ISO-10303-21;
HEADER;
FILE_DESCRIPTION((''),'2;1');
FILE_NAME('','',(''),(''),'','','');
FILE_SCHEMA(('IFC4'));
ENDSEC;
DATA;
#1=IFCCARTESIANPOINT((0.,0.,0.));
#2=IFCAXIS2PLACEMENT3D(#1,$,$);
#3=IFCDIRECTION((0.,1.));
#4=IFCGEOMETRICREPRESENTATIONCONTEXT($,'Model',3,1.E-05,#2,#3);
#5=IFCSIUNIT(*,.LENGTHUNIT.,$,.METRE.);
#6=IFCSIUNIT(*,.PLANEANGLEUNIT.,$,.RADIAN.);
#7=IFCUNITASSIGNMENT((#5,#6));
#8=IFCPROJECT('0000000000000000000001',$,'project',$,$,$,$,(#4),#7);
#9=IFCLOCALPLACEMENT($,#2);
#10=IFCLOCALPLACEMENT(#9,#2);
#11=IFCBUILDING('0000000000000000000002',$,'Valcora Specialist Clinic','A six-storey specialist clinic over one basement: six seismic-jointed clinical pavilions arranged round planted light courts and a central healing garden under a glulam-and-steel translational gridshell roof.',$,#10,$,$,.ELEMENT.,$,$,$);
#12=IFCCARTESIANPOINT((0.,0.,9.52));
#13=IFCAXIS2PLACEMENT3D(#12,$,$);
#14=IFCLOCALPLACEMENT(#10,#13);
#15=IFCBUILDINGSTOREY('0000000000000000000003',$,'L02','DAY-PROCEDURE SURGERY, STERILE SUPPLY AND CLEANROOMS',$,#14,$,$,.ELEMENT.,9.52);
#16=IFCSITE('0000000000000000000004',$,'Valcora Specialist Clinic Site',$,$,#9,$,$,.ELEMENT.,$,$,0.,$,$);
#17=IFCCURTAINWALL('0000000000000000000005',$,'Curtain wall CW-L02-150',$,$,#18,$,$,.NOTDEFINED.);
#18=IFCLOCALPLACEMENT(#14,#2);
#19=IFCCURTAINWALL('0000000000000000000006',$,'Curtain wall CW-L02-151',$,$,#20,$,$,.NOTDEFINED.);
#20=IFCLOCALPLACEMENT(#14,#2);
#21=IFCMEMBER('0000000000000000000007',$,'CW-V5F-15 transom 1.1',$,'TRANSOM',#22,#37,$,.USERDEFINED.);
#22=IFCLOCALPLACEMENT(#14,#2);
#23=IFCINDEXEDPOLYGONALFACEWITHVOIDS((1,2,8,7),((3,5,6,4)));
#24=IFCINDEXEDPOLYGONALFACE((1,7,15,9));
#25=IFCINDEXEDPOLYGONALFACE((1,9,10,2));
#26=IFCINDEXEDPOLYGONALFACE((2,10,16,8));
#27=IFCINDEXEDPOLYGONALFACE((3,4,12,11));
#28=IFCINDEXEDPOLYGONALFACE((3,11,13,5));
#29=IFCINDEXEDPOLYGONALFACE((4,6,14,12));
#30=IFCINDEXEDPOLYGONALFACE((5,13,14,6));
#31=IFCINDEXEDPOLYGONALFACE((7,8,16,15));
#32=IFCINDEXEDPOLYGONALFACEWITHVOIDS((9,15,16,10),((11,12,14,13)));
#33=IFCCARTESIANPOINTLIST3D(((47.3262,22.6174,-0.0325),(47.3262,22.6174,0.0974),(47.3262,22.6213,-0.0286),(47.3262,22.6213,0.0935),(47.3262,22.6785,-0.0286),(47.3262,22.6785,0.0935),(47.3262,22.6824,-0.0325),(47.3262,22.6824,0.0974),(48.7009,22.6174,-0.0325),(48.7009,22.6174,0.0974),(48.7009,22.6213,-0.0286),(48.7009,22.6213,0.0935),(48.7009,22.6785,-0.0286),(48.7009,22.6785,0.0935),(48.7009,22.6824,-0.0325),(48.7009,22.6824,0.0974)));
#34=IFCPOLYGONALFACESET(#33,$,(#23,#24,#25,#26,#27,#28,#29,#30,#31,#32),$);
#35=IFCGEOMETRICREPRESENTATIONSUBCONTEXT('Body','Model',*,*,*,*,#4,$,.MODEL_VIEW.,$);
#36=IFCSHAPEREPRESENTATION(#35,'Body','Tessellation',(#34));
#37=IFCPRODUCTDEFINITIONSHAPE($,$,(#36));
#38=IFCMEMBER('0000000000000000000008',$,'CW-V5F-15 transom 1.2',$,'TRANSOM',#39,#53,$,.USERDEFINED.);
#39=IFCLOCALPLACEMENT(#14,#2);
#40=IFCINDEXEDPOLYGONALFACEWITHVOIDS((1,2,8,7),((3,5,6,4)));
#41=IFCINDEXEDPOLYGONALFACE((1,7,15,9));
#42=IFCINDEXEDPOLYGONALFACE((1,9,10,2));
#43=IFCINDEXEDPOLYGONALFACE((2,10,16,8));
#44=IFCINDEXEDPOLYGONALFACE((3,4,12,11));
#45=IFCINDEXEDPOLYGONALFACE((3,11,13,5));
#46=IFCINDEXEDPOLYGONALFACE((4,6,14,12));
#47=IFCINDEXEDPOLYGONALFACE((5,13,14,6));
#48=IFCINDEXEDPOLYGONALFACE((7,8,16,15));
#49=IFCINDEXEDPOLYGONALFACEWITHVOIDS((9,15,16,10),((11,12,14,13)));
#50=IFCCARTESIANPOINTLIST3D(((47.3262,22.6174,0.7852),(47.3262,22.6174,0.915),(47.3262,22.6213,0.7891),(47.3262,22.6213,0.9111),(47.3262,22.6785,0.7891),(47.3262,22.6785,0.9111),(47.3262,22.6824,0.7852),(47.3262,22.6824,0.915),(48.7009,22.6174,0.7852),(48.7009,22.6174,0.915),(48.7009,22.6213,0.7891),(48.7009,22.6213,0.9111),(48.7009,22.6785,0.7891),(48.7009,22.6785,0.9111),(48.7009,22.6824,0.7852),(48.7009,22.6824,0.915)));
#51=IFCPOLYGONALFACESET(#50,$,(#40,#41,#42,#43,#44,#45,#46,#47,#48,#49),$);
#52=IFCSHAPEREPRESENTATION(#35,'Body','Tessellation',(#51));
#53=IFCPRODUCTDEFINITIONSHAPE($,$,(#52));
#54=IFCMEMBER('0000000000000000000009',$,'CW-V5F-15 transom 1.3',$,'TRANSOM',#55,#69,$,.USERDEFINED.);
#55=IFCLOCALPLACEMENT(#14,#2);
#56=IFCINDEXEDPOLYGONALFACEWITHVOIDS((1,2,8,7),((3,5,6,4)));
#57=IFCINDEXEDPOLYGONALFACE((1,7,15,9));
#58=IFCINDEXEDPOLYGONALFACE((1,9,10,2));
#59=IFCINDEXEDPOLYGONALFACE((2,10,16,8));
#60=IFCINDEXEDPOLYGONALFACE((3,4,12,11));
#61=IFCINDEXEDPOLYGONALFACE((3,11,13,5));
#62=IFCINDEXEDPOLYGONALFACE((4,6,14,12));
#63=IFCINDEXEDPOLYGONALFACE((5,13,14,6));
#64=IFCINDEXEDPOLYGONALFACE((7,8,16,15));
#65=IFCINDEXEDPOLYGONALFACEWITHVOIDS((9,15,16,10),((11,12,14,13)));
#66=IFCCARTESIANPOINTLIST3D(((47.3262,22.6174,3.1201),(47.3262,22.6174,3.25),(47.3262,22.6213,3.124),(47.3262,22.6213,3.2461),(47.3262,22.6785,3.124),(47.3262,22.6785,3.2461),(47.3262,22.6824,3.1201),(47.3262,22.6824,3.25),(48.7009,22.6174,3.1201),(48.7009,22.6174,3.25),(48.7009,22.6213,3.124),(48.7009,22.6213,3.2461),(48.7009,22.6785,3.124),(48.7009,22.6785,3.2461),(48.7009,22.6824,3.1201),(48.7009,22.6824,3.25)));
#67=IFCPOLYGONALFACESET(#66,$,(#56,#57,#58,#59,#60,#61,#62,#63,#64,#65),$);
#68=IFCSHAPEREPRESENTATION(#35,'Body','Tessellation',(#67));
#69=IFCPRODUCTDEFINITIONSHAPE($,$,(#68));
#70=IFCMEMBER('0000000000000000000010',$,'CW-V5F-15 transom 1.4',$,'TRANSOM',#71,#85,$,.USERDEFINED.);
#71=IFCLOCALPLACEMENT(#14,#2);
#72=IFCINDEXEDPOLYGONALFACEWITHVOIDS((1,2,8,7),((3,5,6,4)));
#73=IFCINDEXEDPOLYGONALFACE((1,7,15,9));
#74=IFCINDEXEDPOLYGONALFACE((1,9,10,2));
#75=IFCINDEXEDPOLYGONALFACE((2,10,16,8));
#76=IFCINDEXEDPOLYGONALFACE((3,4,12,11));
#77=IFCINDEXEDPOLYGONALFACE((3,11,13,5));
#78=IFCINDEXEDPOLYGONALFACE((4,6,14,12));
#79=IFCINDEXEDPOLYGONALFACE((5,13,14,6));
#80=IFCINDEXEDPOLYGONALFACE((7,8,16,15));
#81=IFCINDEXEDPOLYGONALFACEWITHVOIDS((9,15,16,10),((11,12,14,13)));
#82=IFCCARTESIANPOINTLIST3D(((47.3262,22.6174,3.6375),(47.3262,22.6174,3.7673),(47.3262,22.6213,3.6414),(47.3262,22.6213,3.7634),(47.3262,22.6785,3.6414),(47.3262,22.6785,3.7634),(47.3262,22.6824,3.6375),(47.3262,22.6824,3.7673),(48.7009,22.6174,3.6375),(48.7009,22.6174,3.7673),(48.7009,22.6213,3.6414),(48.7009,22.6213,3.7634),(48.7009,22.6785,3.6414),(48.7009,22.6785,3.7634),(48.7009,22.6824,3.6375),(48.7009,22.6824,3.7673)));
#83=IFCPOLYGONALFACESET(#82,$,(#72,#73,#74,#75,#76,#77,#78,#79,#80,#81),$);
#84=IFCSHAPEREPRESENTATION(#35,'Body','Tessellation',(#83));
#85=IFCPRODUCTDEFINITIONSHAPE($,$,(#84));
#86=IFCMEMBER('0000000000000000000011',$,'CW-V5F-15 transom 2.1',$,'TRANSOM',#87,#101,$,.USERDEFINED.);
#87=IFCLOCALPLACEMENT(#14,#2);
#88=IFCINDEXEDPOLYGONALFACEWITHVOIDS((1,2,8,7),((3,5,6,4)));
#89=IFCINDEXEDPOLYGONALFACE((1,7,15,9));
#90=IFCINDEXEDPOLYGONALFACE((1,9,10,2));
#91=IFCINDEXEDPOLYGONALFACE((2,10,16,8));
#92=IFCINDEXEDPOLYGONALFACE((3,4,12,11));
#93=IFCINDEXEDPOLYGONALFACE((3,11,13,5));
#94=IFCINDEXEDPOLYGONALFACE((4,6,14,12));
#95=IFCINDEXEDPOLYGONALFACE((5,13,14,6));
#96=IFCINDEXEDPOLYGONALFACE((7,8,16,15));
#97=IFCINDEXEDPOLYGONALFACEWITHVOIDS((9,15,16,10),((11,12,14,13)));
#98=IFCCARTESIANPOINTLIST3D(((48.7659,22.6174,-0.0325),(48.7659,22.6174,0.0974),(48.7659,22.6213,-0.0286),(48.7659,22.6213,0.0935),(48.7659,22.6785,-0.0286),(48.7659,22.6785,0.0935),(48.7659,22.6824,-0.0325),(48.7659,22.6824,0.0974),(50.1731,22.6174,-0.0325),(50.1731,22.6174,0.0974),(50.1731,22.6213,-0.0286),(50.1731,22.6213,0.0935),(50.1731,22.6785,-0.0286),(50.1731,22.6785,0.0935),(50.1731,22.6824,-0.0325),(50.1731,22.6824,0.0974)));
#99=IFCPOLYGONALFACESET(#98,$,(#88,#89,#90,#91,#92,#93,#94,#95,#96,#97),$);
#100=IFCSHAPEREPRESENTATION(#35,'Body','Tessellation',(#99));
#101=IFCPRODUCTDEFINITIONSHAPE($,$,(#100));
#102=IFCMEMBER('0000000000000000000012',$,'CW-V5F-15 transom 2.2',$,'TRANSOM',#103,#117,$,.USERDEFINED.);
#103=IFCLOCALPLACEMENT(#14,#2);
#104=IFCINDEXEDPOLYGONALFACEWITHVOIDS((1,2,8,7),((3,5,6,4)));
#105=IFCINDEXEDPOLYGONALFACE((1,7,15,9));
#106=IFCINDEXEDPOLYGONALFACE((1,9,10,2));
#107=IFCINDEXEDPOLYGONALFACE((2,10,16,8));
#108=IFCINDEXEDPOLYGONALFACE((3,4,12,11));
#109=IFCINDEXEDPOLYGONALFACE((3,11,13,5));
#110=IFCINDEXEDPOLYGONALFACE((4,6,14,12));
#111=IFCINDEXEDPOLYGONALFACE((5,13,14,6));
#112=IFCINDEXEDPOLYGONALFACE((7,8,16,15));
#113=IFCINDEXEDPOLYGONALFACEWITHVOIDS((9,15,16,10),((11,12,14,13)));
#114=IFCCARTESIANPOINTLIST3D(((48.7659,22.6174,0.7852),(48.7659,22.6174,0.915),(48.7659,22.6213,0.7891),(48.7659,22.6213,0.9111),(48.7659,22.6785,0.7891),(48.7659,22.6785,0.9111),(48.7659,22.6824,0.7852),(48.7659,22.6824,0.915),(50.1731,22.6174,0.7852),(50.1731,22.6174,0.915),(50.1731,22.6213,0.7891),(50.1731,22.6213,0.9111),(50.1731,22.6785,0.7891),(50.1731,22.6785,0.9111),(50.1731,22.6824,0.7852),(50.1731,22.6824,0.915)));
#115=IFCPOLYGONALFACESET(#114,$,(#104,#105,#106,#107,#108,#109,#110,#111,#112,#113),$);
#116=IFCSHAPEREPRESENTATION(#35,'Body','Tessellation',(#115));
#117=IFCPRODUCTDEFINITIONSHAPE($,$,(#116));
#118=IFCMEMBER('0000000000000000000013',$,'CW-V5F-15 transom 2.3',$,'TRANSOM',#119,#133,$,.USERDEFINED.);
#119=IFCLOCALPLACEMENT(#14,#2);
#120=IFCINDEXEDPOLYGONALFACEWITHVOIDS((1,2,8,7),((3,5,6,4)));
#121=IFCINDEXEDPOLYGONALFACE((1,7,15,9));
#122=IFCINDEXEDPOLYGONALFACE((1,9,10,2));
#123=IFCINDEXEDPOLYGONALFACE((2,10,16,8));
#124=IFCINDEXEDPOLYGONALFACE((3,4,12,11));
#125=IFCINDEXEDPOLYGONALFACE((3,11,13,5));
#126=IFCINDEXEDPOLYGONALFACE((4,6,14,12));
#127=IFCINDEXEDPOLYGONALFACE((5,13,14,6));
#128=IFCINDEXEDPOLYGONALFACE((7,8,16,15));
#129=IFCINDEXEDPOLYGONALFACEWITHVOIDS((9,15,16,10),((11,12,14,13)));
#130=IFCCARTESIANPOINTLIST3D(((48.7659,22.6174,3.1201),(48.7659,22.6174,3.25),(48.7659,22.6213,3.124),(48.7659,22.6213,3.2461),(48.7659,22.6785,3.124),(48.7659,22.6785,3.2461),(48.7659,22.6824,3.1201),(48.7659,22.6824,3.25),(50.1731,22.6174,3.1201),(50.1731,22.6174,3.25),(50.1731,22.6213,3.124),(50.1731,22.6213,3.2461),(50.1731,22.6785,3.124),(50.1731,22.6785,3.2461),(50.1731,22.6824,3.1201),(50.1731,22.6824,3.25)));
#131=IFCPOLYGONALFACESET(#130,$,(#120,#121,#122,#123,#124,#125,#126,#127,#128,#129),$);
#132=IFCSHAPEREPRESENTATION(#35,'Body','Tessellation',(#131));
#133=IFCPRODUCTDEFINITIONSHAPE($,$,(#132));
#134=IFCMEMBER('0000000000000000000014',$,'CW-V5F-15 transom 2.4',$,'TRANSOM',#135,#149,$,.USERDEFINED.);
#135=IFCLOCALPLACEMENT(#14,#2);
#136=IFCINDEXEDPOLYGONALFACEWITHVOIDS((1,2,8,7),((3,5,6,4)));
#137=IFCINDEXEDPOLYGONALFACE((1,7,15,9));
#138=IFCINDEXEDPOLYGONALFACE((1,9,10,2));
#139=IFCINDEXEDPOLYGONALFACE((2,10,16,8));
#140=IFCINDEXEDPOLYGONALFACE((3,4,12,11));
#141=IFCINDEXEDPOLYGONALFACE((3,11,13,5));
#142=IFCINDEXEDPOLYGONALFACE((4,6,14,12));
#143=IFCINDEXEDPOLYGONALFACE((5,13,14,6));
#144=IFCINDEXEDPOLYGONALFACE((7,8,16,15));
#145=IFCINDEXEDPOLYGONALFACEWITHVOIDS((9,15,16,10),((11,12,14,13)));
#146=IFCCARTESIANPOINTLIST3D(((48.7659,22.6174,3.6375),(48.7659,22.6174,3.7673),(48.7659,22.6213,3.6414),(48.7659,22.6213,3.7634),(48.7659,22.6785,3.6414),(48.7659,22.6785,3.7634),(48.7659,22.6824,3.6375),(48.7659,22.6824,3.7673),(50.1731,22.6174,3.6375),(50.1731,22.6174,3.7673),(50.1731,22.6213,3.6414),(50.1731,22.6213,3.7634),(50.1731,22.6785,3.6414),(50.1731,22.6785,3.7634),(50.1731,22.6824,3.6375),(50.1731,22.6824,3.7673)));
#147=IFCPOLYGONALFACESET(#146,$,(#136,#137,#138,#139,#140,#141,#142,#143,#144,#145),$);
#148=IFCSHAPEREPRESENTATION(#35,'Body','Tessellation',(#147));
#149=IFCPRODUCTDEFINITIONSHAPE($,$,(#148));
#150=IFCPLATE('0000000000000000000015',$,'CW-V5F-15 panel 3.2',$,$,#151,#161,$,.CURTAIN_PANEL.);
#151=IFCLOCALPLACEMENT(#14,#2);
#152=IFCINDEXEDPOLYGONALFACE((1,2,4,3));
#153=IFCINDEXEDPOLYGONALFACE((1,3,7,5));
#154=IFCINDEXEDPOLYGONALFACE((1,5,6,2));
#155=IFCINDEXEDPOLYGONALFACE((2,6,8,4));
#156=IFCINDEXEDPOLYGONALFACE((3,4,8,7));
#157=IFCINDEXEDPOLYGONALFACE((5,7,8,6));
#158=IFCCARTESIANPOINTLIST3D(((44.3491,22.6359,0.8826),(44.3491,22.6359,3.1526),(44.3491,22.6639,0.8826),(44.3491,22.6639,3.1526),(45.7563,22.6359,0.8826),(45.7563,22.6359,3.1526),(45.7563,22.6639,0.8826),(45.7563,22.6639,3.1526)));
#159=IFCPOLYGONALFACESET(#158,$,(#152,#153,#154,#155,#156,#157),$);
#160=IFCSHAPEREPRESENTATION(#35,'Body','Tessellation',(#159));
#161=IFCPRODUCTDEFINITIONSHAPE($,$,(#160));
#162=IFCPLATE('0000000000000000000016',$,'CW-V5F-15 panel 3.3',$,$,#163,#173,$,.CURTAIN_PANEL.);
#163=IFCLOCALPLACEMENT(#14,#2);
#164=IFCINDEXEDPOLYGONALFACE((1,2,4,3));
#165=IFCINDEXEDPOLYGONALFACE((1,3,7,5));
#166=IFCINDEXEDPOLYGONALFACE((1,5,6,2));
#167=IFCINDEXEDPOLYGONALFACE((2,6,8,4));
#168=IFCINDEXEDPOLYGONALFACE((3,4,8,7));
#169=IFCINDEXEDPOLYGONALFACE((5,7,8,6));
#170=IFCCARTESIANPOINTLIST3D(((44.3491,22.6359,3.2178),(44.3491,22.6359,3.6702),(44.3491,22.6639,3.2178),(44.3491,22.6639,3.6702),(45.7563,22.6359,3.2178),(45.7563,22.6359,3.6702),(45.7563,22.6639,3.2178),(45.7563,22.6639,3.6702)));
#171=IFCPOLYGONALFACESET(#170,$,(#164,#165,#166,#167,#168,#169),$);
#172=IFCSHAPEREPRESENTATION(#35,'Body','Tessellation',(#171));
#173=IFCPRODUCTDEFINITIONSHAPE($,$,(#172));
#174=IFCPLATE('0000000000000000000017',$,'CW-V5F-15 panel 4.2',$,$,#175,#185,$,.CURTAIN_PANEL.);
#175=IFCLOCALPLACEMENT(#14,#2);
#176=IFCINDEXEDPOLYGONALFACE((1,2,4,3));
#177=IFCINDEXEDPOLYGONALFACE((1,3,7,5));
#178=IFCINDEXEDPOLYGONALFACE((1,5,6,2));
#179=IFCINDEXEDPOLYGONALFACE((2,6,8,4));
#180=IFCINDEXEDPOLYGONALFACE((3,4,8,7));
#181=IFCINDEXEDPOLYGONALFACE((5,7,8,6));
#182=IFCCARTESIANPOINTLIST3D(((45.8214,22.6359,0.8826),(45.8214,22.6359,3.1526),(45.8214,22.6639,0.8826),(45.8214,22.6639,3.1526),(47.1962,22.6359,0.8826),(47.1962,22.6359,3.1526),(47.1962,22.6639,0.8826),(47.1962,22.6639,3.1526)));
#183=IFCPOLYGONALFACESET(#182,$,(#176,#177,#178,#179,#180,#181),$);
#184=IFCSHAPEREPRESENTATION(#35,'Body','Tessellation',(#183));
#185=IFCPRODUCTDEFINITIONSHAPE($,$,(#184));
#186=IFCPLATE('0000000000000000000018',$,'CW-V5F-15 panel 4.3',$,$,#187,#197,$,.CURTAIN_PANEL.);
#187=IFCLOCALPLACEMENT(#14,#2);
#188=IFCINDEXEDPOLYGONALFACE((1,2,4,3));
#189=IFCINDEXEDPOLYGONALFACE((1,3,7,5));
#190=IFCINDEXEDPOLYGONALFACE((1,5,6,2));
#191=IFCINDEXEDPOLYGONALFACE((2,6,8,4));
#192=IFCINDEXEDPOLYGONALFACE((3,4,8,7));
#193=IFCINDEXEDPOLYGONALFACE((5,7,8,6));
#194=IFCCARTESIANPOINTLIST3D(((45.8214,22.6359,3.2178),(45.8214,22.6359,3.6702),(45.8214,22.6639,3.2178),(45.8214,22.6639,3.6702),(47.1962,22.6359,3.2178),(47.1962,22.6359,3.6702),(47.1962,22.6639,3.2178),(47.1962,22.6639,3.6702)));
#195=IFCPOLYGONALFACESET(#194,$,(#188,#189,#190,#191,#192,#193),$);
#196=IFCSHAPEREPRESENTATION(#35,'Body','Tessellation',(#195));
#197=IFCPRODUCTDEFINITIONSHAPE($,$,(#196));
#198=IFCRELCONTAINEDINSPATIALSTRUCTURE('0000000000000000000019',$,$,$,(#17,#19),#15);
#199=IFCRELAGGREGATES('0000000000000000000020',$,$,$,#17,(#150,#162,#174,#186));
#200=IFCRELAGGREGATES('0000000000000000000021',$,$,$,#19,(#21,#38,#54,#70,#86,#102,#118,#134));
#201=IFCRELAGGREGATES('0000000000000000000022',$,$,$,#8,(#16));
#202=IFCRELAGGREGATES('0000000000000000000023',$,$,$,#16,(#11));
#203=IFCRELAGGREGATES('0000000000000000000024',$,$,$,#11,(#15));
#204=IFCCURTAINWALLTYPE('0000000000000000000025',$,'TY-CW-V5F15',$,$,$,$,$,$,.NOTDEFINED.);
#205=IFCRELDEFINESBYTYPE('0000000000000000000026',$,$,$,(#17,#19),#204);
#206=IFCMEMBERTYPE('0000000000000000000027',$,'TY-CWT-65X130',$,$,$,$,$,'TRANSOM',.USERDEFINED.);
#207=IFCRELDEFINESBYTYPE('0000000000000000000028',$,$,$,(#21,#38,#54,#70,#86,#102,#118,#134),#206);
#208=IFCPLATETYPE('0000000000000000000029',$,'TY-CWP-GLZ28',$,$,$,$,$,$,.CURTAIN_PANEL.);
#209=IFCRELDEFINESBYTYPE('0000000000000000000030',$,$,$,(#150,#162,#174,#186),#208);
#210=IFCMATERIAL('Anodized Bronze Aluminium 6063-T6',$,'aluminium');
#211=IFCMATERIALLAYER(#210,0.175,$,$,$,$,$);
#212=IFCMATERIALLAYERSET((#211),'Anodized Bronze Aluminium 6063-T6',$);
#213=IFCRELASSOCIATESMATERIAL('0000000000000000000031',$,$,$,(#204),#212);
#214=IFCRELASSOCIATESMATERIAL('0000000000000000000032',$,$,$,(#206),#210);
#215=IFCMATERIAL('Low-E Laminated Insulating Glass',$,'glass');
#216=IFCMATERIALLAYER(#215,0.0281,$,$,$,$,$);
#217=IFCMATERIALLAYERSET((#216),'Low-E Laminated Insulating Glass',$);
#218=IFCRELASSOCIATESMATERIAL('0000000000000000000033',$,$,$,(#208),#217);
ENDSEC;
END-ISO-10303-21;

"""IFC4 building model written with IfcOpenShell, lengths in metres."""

from ifc_helpers import new_model, si_unit, direction, frame, origin, origin_2d, place, context, subcontext, project, spatial, rectangle, hollow_rectangle, extrude, material, layer, layer_set, material_profile, profile_set, type_object, element, aggregate, save


model = new_model("IFC4")

# Units and contexts
model_context = context("Model", 3, precision=1e-05, world=origin(), true_north=direction((0.0, 1.0)))
body_context = subcontext(model_context, "Body", "Model", "MODEL_VIEW")
ifc_project = project(units=[si_unit("LENGTHUNIT", "METRE"), si_unit("PLANEANGLEUNIT", "RADIAN")], contexts=[model_context])

# Site, building, storey
site_placement = place(None, origin())
site = spatial("IfcSite", under=ifc_project, at=site_placement, Name="Valcora Specialist Clinic Site", CompositionType="ELEMENT", RefElevation=0.0)
building_placement = place(site_placement, origin())
building = spatial("IfcBuilding", under=site, at=building_placement, Name="Valcora Specialist Clinic", Description="A six-storey specialist clinic over one basement: six seismic-jointed clinical pavilions arranged round planted light courts and a central healing garden under a glulam-and-steel translational gridshell roof.", CompositionType="ELEMENT")
storey_placement = place(building_placement, frame((0.0, 0.0, 9.52)))
storey = spatial("IfcBuildingStorey", under=building, at=storey_placement, Name="L02", Description="DAY-PROCEDURE SURGERY, STERILE SUPPLY AND CLEANROOMS", CompositionType="ELEMENT", Elevation=9.52)

# Curtain walls
ifc_material_1 = material(Name="Anodized Bronze Aluminium 6063-T6", Category="aluminium")
ifc_layer_1 = layer(ifc_material_1, 0.175)
ifc_layer_set_1 = layer_set([ifc_layer_1], Name="Anodized Bronze Aluminium 6063-T6")
curtain_wall_type = type_object("IfcCurtainWallType", Name="TY-CW-V5F15", PredefinedType="NOTDEFINED", material=ifc_layer_set_1)
curtain_wall_1_placement = place(storey_placement, origin())
curtain_wall_1 = element("IfcCurtainWall", 1, at=curtain_wall_1_placement, inside=storey, type_object=curtain_wall_type, Name="Curtain wall CW-L02-150", PredefinedType="NOTDEFINED")
curtain_wall_2_placement = place(storey_placement, origin())
curtain_wall_2 = element("IfcCurtainWall", 2, at=curtain_wall_2_placement, inside=storey, type_object=curtain_wall_type, Name="Curtain wall CW-L02-151", PredefinedType="NOTDEFINED")

# Members
ifc_material_profile_1 = material_profile(ifc_material_1, hollow_rectangle(XDim=0.0649, YDim=0.1299, WallThickness=0.0039, at=origin_2d()), Name="AL-TRN-65X130")
ifc_profile_set_1 = profile_set([ifc_material_profile_1], Name="Anodized Bronze Aluminium 6063-T6")
member_type_1 = type_object("IfcMemberType", Name="TY-CWT-65X130", ElementType="TRANSOM", PredefinedType="USERDEFINED", material=ifc_profile_set_1)
member_1_placement = place(storey_placement, frame((47.3262, 22.6499, 0.0325), z_axis=(1.0, 0.0, 0.0), x_axis=(0.0, 1.0, 0.0)))
member_1 = element("IfcMember", 3, at=member_1_placement, type_object=member_type_1, Name="CW-V5F-15 transom 1.1", ObjectType="TRANSOM", PredefinedType="USERDEFINED", context=body_context, shape_type="SweptSolid", body=[
    extrude(hollow_rectangle(XDim=0.0649, YDim=0.1299, WallThickness=0.0039, at=origin_2d()), origin(), (0.0, 0.0, 1.0), 1.3748),
])
member_2_placement = place(storey_placement, frame((47.3262, 22.6499, 0.8501), z_axis=(1.0, 0.0, 0.0), x_axis=(0.0, 1.0, 0.0)))
member_2 = element("IfcMember", 4, at=member_2_placement, type_object=member_type_1, Name="CW-V5F-15 transom 1.2", ObjectType="TRANSOM", PredefinedType="USERDEFINED", context=body_context, shape_type="SweptSolid", body=[
    extrude(hollow_rectangle(XDim=0.0649, YDim=0.1299, WallThickness=0.0039, at=origin_2d()), origin(), (0.0, 0.0, 1.0), 1.3748),
])
member_3_placement = place(storey_placement, frame((47.3262, 22.6499, 3.1851), z_axis=(1.0, 0.0, 0.0), x_axis=(0.0, 1.0, 0.0)))
member_3 = element("IfcMember", 5, at=member_3_placement, type_object=member_type_1, Name="CW-V5F-15 transom 1.3", ObjectType="TRANSOM", PredefinedType="USERDEFINED", context=body_context, shape_type="SweptSolid", body=[
    extrude(hollow_rectangle(XDim=0.0649, YDim=0.1299, WallThickness=0.0039, at=origin_2d()), origin(), (0.0, 0.0, 1.0), 1.3748),
])
member_4_placement = place(storey_placement, frame((47.3262, 22.6499, 3.7024), z_axis=(1.0, 0.0, 0.0), x_axis=(0.0, 1.0, 0.0)))
member_4 = element("IfcMember", 6, at=member_4_placement, type_object=member_type_1, Name="CW-V5F-15 transom 1.4", ObjectType="TRANSOM", PredefinedType="USERDEFINED", context=body_context, shape_type="SweptSolid", body=[
    extrude(hollow_rectangle(XDim=0.0649, YDim=0.1299, WallThickness=0.0039, at=origin_2d()), origin(), (0.0, 0.0, 1.0), 1.3748),
])
member_5_placement = place(storey_placement, frame((48.7659, 22.6499, 0.0325), z_axis=(1.0, 0.0, 0.0), x_axis=(0.0, 1.0, 0.0)))
member_5 = element("IfcMember", 7, at=member_5_placement, type_object=member_type_1, Name="CW-V5F-15 transom 2.1", ObjectType="TRANSOM", PredefinedType="USERDEFINED", context=body_context, shape_type="SweptSolid", body=[
    extrude(hollow_rectangle(XDim=0.0649, YDim=0.1299, WallThickness=0.0039, at=origin_2d()), origin(), (0.0, 0.0, 1.0), 1.4072),
])
member_6_placement = place(storey_placement, frame((48.7659, 22.6499, 0.8501), z_axis=(1.0, 0.0, 0.0), x_axis=(0.0, 1.0, 0.0)))
member_6 = element("IfcMember", 8, at=member_6_placement, type_object=member_type_1, Name="CW-V5F-15 transom 2.2", ObjectType="TRANSOM", PredefinedType="USERDEFINED", context=body_context, shape_type="SweptSolid", body=[
    extrude(hollow_rectangle(XDim=0.0649, YDim=0.1299, WallThickness=0.0039, at=origin_2d()), origin(), (0.0, 0.0, 1.0), 1.4072),
])
member_7_placement = place(storey_placement, frame((48.7659, 22.6499, 3.1851), z_axis=(1.0, 0.0, 0.0), x_axis=(0.0, 1.0, 0.0)))
member_7 = element("IfcMember", 9, at=member_7_placement, type_object=member_type_1, Name="CW-V5F-15 transom 2.3", ObjectType="TRANSOM", PredefinedType="USERDEFINED", context=body_context, shape_type="SweptSolid", body=[
    extrude(hollow_rectangle(XDim=0.0649, YDim=0.1299, WallThickness=0.0039, at=origin_2d()), origin(), (0.0, 0.0, 1.0), 1.4072),
])
member_8_placement = place(storey_placement, frame((48.7659, 22.6499, 3.7024), z_axis=(1.0, 0.0, 0.0), x_axis=(0.0, 1.0, 0.0)))
member_8 = element("IfcMember", 10, at=member_8_placement, type_object=member_type_1, Name="CW-V5F-15 transom 2.4", ObjectType="TRANSOM", PredefinedType="USERDEFINED", context=body_context, shape_type="SweptSolid", body=[
    extrude(hollow_rectangle(XDim=0.0649, YDim=0.1299, WallThickness=0.0039, at=origin_2d()), origin(), (0.0, 0.0, 1.0), 1.4072),
])

# Plates
ifc_material_2 = material(Name="Low-E Laminated Insulating Glass", Category="glass")
ifc_layer_2 = layer(ifc_material_2, 0.0281)
ifc_layer_set_2 = layer_set([ifc_layer_2], Name="Low-E Laminated Insulating Glass")
plate_type_1 = type_object("IfcPlateType", Name="TY-CWP-GLZ28", PredefinedType="CURTAIN_PANEL", material=ifc_layer_set_2)
plate_1_placement = place(storey_placement, frame((45.0527, 22.6499, 0.8826), z_axis=(0.0, 0.0, 1.0), x_axis=(1.0, 0.0, 0.0)))
plate_1 = element("IfcPlate", 11, at=plate_1_placement, type_object=plate_type_1, Name="CW-V5F-15 panel 3.2", PredefinedType="CURTAIN_PANEL", context=body_context, shape_type="SweptSolid", body=[
    extrude(rectangle(XDim=1.4072, YDim=0.0281, at=origin_2d()), origin(), (0.0, 0.0, 1.0), 2.27),
])
plate_2_placement = place(storey_placement, frame((45.0527, 22.6499, 3.2178), z_axis=(0.0, 0.0, 1.0), x_axis=(1.0, 0.0, 0.0)))
plate_2 = element("IfcPlate", 12, at=plate_2_placement, type_object=plate_type_1, Name="CW-V5F-15 panel 3.3", PredefinedType="CURTAIN_PANEL", context=body_context, shape_type="SweptSolid", body=[
    extrude(rectangle(XDim=1.4072, YDim=0.0281, at=origin_2d()), origin(), (0.0, 0.0, 1.0), 0.4524),
])
plate_3_placement = place(storey_placement, frame((46.5088, 22.6499, 0.8826), z_axis=(0.0, 0.0, 1.0), x_axis=(1.0, 0.0, 0.0)))
plate_3 = element("IfcPlate", 13, at=plate_3_placement, type_object=plate_type_1, Name="CW-V5F-15 panel 4.2", PredefinedType="CURTAIN_PANEL", context=body_context, shape_type="SweptSolid", body=[
    extrude(rectangle(XDim=1.3748, YDim=0.0281, at=origin_2d()), origin(), (0.0, 0.0, 1.0), 2.27),
])
plate_4_placement = place(storey_placement, frame((46.5088, 22.6499, 3.2178), z_axis=(0.0, 0.0, 1.0), x_axis=(1.0, 0.0, 0.0)))
plate_4 = element("IfcPlate", 14, at=plate_4_placement, type_object=plate_type_1, Name="CW-V5F-15 panel 4.3", PredefinedType="CURTAIN_PANEL", context=body_context, shape_type="SweptSolid", body=[
    extrude(rectangle(XDim=1.3748, YDim=0.0281, at=origin_2d()), origin(), (0.0, 0.0, 1.0), 0.4524),
])
aggregate(curtain_wall_1, [plate_1, plate_2, plate_3, plate_4])
aggregate(curtain_wall_2, [member_1, member_2, member_3, member_4, member_5, member_6, member_7, member_8])

save(model, "model.ifc")
